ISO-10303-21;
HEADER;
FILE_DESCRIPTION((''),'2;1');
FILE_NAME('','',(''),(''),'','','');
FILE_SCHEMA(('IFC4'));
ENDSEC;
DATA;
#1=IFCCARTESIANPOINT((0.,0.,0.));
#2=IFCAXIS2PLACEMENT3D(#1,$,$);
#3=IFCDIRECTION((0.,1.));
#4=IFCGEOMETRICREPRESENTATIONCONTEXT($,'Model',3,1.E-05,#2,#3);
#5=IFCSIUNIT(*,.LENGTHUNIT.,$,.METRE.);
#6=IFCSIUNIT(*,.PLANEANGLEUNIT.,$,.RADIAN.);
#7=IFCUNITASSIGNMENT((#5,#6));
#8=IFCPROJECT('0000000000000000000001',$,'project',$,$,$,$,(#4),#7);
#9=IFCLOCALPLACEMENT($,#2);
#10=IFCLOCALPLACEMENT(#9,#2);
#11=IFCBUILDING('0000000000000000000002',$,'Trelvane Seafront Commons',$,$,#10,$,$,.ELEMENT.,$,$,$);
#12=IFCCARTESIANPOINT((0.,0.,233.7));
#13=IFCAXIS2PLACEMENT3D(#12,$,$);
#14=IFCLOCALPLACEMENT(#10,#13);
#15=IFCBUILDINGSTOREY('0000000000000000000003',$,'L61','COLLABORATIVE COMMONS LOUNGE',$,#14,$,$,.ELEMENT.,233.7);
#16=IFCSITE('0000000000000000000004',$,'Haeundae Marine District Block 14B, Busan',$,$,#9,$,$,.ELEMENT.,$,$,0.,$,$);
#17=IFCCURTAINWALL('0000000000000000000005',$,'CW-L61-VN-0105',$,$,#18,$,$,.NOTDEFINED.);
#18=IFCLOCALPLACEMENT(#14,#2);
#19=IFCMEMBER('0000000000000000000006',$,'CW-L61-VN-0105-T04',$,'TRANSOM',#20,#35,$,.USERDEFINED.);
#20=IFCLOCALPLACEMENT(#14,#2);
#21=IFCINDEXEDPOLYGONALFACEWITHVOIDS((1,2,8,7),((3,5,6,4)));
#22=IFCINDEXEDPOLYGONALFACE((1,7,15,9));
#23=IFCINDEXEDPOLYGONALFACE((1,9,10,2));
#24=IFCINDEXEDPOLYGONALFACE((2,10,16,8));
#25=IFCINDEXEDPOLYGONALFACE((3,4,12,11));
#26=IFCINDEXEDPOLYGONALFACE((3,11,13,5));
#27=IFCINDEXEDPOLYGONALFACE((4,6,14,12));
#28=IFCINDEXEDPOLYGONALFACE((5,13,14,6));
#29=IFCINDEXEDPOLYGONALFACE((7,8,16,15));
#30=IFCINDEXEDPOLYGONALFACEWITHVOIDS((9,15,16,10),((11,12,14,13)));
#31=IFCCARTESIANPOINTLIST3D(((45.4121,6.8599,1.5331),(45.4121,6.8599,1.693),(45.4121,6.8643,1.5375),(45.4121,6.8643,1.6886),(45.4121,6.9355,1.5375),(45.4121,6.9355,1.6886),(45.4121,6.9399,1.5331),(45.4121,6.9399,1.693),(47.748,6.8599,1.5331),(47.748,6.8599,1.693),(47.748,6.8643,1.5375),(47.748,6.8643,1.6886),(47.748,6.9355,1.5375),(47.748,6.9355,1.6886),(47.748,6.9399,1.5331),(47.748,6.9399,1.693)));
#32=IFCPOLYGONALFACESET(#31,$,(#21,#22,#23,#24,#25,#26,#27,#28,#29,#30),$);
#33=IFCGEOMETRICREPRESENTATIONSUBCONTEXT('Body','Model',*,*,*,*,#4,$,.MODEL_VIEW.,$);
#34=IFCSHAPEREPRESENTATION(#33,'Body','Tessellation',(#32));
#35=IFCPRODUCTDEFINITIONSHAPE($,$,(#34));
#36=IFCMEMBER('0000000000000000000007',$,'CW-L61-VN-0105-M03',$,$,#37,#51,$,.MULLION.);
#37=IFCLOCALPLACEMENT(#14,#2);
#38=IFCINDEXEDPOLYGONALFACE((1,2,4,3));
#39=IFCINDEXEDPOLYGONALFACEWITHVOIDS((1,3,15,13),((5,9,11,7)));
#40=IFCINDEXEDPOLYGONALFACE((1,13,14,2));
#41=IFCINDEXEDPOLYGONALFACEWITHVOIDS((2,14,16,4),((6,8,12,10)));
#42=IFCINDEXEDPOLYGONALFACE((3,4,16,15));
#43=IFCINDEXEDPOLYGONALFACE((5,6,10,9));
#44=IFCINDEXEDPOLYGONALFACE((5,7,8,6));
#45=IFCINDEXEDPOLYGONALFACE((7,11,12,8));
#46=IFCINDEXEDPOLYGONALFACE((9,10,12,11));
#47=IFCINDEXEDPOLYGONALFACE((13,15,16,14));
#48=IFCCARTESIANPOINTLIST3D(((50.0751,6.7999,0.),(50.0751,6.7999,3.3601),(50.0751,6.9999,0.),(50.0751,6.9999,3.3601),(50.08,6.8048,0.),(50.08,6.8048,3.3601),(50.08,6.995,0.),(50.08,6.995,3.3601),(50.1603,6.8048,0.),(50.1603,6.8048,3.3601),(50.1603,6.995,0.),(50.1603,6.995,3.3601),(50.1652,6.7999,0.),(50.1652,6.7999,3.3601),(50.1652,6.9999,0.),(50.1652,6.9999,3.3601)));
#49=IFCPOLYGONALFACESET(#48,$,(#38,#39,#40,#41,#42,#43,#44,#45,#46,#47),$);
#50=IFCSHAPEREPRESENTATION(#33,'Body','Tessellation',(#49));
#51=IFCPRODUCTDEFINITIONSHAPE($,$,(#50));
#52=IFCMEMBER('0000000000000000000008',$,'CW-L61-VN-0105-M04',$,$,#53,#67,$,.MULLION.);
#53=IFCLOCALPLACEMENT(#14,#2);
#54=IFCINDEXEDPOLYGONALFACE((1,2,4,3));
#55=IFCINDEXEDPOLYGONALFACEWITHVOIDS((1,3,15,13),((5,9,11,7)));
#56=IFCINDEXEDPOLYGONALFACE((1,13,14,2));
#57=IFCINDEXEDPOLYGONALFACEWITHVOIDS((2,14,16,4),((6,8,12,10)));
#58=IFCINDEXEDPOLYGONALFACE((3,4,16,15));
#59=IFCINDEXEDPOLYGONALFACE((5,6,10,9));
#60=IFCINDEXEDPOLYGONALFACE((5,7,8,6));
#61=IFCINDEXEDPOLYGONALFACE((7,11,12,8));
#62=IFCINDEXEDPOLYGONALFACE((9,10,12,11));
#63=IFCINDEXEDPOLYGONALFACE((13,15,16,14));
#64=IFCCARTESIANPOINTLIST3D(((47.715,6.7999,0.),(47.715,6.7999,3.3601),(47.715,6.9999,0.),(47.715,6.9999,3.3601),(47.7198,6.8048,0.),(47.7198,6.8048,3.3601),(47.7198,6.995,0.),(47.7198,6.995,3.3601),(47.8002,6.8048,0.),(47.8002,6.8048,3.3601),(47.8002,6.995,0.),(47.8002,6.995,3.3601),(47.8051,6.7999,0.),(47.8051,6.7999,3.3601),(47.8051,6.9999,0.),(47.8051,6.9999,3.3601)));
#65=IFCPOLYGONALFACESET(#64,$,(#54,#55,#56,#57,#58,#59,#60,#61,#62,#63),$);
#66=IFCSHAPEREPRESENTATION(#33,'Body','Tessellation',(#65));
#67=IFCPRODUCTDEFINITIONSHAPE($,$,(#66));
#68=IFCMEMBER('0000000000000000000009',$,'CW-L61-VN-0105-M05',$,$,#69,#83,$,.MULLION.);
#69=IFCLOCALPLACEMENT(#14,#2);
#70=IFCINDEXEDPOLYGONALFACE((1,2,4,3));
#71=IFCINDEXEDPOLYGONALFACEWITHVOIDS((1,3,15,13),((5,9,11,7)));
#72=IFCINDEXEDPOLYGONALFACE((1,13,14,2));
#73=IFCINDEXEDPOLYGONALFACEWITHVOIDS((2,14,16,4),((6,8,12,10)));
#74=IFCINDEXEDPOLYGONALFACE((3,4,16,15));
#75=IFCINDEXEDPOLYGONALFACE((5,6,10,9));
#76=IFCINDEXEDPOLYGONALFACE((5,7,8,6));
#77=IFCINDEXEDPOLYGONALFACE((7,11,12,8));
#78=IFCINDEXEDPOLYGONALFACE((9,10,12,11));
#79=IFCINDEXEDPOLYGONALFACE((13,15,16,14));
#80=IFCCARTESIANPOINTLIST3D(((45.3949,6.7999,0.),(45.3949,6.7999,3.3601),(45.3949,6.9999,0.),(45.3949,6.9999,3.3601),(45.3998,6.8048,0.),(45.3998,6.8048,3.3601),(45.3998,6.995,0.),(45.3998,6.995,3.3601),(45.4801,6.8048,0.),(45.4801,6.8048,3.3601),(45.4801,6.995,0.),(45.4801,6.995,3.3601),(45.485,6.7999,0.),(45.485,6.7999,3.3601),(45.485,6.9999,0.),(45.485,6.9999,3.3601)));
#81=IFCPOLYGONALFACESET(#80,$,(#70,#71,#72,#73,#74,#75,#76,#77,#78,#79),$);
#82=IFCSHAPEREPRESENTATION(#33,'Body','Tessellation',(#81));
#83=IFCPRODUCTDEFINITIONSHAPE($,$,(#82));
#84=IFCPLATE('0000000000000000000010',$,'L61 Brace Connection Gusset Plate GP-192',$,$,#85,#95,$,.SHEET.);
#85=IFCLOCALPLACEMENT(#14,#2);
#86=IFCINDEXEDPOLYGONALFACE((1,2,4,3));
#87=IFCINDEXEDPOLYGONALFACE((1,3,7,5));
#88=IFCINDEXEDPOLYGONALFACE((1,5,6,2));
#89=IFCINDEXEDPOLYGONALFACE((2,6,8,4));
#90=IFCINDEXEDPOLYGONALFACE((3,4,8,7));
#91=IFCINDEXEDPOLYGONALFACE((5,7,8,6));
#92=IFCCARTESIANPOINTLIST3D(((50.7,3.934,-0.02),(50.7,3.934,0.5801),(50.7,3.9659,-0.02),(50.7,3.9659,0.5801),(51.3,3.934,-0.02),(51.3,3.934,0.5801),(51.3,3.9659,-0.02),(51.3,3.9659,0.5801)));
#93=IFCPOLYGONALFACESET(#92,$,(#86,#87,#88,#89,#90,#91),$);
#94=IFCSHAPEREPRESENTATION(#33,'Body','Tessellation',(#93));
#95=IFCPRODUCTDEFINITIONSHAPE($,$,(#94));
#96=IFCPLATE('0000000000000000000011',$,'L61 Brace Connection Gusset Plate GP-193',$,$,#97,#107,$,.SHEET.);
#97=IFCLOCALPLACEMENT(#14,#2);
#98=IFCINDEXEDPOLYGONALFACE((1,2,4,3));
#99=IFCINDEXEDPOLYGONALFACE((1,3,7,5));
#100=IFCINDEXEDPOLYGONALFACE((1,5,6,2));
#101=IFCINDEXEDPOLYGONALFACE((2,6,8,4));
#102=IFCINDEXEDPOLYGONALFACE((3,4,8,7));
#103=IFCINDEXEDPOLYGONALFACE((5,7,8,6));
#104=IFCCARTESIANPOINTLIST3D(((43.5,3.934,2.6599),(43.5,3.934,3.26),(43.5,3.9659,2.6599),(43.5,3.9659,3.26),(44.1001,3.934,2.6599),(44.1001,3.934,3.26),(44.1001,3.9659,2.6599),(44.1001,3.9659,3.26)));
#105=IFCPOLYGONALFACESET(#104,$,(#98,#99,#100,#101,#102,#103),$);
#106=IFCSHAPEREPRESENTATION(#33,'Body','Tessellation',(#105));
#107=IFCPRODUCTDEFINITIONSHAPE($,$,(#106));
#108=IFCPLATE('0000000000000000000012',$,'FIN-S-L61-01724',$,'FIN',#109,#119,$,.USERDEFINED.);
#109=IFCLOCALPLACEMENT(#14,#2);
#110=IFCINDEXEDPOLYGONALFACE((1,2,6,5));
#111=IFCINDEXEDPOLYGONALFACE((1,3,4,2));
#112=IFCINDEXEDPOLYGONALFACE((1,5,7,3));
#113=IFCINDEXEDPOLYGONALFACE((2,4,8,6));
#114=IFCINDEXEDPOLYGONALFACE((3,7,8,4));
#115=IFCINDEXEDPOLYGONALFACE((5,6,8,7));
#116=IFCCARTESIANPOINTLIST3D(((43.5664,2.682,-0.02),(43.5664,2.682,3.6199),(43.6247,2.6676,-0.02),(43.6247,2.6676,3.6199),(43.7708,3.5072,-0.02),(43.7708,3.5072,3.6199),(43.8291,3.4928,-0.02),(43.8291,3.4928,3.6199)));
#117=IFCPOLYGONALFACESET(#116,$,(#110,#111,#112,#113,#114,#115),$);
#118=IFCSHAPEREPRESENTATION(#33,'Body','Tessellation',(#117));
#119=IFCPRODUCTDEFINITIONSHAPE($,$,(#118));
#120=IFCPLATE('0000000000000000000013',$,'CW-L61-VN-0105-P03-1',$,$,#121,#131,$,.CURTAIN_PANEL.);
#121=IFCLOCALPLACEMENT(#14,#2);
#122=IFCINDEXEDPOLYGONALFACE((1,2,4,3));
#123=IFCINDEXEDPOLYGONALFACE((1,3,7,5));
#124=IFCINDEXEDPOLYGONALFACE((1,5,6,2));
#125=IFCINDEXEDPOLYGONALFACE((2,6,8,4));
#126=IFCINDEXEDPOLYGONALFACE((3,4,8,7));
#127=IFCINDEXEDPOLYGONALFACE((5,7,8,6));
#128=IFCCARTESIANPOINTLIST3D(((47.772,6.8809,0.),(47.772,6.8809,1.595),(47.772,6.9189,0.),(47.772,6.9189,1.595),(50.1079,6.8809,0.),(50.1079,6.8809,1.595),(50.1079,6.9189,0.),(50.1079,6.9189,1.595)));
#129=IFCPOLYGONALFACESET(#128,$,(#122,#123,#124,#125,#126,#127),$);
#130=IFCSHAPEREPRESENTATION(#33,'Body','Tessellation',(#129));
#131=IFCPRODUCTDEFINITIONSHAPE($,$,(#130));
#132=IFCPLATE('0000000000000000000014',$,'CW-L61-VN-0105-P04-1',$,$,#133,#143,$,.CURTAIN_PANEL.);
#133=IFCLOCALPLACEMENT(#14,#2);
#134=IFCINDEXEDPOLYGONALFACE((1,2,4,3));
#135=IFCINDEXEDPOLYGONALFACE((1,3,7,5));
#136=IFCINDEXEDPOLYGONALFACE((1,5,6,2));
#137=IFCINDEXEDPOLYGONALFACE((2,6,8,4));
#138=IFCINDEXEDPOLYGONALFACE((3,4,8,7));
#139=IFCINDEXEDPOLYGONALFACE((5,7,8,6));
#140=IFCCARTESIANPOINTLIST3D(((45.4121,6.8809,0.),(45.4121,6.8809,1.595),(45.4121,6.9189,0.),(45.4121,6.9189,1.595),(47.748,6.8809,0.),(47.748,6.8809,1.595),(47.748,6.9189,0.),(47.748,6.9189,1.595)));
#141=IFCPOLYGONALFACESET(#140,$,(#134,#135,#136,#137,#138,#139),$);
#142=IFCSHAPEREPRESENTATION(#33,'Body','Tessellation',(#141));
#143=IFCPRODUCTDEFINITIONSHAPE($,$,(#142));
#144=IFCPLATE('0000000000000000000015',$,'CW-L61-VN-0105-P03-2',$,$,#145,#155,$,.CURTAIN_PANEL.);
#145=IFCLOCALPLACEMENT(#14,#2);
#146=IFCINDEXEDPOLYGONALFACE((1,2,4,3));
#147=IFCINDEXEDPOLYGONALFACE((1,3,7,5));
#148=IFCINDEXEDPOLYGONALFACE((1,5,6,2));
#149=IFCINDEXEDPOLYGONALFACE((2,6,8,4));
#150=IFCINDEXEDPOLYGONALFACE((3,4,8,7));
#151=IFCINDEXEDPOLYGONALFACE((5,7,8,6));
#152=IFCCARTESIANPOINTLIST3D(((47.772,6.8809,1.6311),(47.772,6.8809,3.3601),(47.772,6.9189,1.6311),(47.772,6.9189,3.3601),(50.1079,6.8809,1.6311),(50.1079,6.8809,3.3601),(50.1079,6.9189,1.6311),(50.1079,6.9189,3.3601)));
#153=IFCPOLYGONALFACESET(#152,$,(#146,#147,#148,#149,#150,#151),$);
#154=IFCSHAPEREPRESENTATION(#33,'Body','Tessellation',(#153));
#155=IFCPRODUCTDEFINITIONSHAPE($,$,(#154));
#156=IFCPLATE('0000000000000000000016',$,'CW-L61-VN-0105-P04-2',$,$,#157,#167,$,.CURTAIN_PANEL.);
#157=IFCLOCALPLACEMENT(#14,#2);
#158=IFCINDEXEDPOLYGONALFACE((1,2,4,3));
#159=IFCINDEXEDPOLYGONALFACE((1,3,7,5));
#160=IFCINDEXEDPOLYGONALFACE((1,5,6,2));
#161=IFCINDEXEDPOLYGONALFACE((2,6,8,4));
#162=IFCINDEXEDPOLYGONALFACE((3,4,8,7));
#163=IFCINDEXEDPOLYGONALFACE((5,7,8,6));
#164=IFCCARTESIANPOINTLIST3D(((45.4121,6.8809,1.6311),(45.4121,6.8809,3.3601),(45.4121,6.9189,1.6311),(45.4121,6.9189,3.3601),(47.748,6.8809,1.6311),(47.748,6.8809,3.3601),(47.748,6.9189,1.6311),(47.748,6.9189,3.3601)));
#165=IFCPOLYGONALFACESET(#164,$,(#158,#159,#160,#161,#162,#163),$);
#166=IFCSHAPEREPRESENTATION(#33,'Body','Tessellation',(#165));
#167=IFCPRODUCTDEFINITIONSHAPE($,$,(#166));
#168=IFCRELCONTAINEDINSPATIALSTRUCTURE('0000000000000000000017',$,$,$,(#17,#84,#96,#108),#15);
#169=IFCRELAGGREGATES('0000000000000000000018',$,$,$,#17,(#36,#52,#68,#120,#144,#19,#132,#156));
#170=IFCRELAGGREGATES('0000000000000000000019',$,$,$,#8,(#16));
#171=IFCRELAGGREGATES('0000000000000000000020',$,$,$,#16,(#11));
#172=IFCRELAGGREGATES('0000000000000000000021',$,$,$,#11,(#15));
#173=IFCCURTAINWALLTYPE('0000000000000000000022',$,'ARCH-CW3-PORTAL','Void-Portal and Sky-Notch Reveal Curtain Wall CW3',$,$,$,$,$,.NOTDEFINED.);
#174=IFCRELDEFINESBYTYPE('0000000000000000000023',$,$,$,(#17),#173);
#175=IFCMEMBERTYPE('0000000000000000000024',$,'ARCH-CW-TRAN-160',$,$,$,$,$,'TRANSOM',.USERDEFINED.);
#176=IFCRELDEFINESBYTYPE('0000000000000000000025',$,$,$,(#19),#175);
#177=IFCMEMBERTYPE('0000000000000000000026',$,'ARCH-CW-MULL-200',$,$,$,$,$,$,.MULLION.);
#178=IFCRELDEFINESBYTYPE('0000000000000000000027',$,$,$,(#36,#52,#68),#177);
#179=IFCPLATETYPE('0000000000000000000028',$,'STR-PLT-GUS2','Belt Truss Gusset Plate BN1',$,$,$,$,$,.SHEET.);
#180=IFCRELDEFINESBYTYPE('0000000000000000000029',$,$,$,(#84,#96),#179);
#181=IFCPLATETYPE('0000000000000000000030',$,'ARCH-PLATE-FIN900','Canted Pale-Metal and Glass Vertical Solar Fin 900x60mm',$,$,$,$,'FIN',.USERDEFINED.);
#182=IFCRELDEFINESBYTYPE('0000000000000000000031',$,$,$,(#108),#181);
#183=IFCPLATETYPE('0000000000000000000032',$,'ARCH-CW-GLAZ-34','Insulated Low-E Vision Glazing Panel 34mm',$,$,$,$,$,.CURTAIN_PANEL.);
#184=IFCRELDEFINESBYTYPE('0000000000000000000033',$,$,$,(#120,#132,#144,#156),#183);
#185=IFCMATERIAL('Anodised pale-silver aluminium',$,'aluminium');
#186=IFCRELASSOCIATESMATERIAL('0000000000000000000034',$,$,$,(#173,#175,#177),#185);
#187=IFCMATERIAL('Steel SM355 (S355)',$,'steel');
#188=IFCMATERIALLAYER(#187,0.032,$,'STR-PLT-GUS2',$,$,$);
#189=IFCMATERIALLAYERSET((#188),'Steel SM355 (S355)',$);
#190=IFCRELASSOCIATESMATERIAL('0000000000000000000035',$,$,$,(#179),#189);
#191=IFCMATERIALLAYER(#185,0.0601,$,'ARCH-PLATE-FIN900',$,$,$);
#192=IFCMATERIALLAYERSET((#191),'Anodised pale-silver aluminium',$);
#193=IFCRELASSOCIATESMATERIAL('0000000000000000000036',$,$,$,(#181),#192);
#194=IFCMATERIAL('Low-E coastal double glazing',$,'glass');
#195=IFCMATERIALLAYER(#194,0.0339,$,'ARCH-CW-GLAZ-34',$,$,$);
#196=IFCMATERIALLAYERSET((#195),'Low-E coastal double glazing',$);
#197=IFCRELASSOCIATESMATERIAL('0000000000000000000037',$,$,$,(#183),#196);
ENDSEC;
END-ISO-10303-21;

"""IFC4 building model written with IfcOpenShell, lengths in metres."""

from ifc_helpers import new_model, si_unit, direction, frame, origin, origin_2d, place, context, subcontext, project, spatial, rectangle, hollow_rectangle, extrude, source, transform, mapped, material, layer, layer_set, material_profile, profile_set, type_object, element, aggregate, save


model = new_model("IFC4")

# Units and contexts
model_context = context("Model", 3, precision=1e-05, world=origin(), true_north=direction((0.0, 1.0)))
body_context = subcontext(model_context, "Body", "Model", "MODEL_VIEW")
ifc_project = project(units=[si_unit("LENGTHUNIT", "METRE"), si_unit("PLANEANGLEUNIT", "RADIAN")], contexts=[model_context])

# Site, building, storey
site_placement = place(None, origin())
site = spatial("IfcSite", under=ifc_project, at=site_placement, Name="Haeundae Marine District Block 14B, Busan", CompositionType="ELEMENT", RefElevation=0.0)
building_placement = place(site_placement, origin())
building = spatial("IfcBuilding", under=site, at=building_placement, Name="Trelvane Seafront Commons", CompositionType="ELEMENT")
storey_placement = place(building_placement, frame((0.0, 0.0, 233.7)))
storey = spatial("IfcBuildingStorey", under=building, at=storey_placement, Name="L61", Description="COLLABORATIVE COMMONS LOUNGE", CompositionType="ELEMENT", Elevation=233.7)

# Shared definitions
ifc_material_1 = material(Name="Steel SM355 (S355)", Category="steel")

# Curtain wall, members
ifc_material_2 = material(Name="Anodised pale-silver aluminium", Category="aluminium")
curtain_wall_type = type_object("IfcCurtainWallType", Name="ARCH-CW3-PORTAL", Description="Void-Portal and Sky-Notch Reveal Curtain Wall CW3", PredefinedType="NOTDEFINED", material=ifc_material_2)
curtain_wall_placement = place(storey_placement, origin())
curtain_wall = element("IfcCurtainWall", 1, at=curtain_wall_placement, inside=storey, type_object=curtain_wall_type, Name="CW-L61-VN-0105", PredefinedType="NOTDEFINED")
ifc_material_profile_1 = material_profile(ifc_material_2, hollow_rectangle(XDim=0.0801, YDim=0.1599, WallThickness=0.0044, at=origin_2d()), Name="TRAN-80x160x4.5")
ifc_profile_set_1 = profile_set([ifc_material_profile_1], Name="Anodised pale-silver aluminium")
member_type_1 = type_object("IfcMemberType", Name="ARCH-CW-TRAN-160", ElementType="TRANSOM", PredefinedType="USERDEFINED", material=ifc_profile_set_1)
shared_shape_1 = source(origin(), body_context, "Body", "SweptSolid", [
    extrude(hollow_rectangle(XDim=0.0801, YDim=0.1599, WallThickness=0.0044, at=origin_2d()), origin(), (0.0, 0.0, 1.0), 2.3359),
])
member_1_placement = place(storey_placement, frame((47.748, 6.8999, 1.613), z_axis=(-1.0, 0.0, 0.0), x_axis=(0.0, -1.0, 0.0)))
member_1 = element("IfcMember", 2, at=member_1_placement, type_object=member_type_1, Name="CW-L61-VN-0105-T04", ObjectType="TRANSOM", PredefinedType="USERDEFINED", context=body_context, shape_type="MappedRepresentation", body=[
    mapped(shared_shape_1, transform((0.0, 0.0, 0.0), x_axis=(1.0, 0.0, 0.0), y_axis=(0.0, 1.0, 0.0), z_axis=(0.0, 0.0, 1.0), scale=1.0)),
])
ifc_material_profile_2 = material_profile(ifc_material_2, hollow_rectangle(XDim=0.0901, YDim=0.2, WallThickness=0.0049, at=origin_2d()), Name="MULL-90x200x5")
ifc_profile_set_2 = profile_set([ifc_material_profile_2], Name="Anodised pale-silver aluminium")
member_type_2 = type_object("IfcMemberType", Name="ARCH-CW-MULL-200", PredefinedType="MULLION", material=ifc_profile_set_2)
shared_shape_2 = source(origin(), body_context, "Body", "SweptSolid", [
    extrude(hollow_rectangle(XDim=0.0901, YDim=0.2, WallThickness=0.0049, at=origin_2d()), origin(), (0.0, 0.0, 1.0), 3.3601),
])
member_2_placement = place(storey_placement, frame((50.1201, 6.8999, 0.0), z_axis=(0.0, 0.0, 1.0), x_axis=(1.0, 0.0, 0.0)))
member_2 = element("IfcMember", 3, at=member_2_placement, type_object=member_type_2, Name="CW-L61-VN-0105-M03", PredefinedType="MULLION", context=body_context, shape_type="MappedRepresentation", body=[
    mapped(shared_shape_2, transform((0.0, 0.0, 0.0), x_axis=(1.0, 0.0, 0.0), y_axis=(0.0, 1.0, 0.0), z_axis=(0.0, 0.0, 1.0), scale=1.0)),
])
member_3_placement = place(storey_placement, frame((47.76, 6.8999, 0.0), z_axis=(0.0, 0.0, 1.0), x_axis=(1.0, 0.0, 0.0)))
member_3 = element("IfcMember", 4, at=member_3_placement, type_object=member_type_2, Name="CW-L61-VN-0105-M04", PredefinedType="MULLION", context=body_context, shape_type="MappedRepresentation", body=[
    mapped(shared_shape_2, transform((0.0, 0.0, 0.0), x_axis=(1.0, 0.0, 0.0), y_axis=(0.0, 1.0, 0.0), z_axis=(0.0, 0.0, 1.0), scale=1.0)),
])
member_4_placement = place(storey_placement, frame((45.4399, 6.8999, 0.0), z_axis=(0.0, 0.0, 1.0), x_axis=(1.0, 0.0, 0.0)))
member_4 = element("IfcMember", 5, at=member_4_placement, type_object=member_type_2, Name="CW-L61-VN-0105-M05", PredefinedType="MULLION", context=body_context, shape_type="MappedRepresentation", body=[
    mapped(shared_shape_2, transform((0.0, 0.0, 0.0), x_axis=(1.0, 0.0, 0.0), y_axis=(0.0, 1.0, 0.0), z_axis=(0.0, 0.0, 1.0), scale=1.0)),
])

# Plates
ifc_layer_1 = layer(ifc_material_1, 0.032, Name="STR-PLT-GUS2")
ifc_layer_set_1 = layer_set([ifc_layer_1], Name="Steel SM355 (S355)")
plate_type_1 = type_object("IfcPlateType", Name="STR-PLT-GUS2", Description="Belt Truss Gusset Plate BN1", PredefinedType="SHEET", material=ifc_layer_set_1)
shared_shape_3 = source(origin(), body_context, "Body", "SweptSolid", [
    extrude(rectangle(XDim=0.6001, YDim=0.032, at=origin_2d()), origin(), (0.0, 0.0, 1.0), 0.6001),
])
for number, where, z_axis, x_axis, name in (
    (6, (51.0, 3.95, -0.02), (0.0, 0.0, 1.0), (1.0, 0.0, 0.0), "L61 Brace Connection Gusset Plate GP-192"),
    (7, (43.8, 3.95, 2.6599), (0.0, 0.0, 1.0), (1.0, 0.0, 0.0), "L61 Brace Connection Gusset Plate GP-193"),
):
    element("IfcPlate", number, at=place(storey_placement, frame(where, z_axis=z_axis, x_axis=x_axis)), inside=storey, type_object=plate_type_1, Name=name, PredefinedType="SHEET", context=body_context, shape_type="MappedRepresentation", body=[
        mapped(shared_shape_3, transform((0.0, 0.0, 0.0), x_axis=(1.0, 0.0, 0.0), y_axis=(0.0, 1.0, 0.0), z_axis=(0.0, 0.0, 1.0), scale=1.0)),
    ])
ifc_layer_2 = layer(ifc_material_2, 0.0601, Name="ARCH-PLATE-FIN900")
ifc_layer_set_2 = layer_set([ifc_layer_2], Name="Anodised pale-silver aluminium")
plate_type_2 = type_object("IfcPlateType", Name="ARCH-PLATE-FIN900", Description="Canted Pale-Metal and Glass Vertical Solar Fin 900x60mm", ElementType="FIN", PredefinedType="USERDEFINED", material=ifc_layer_set_2)
shared_shape_4 = source(origin(), body_context, "Body", "SweptSolid", [
    extrude(rectangle(XDim=0.8501, YDim=0.0601, at=origin_2d()), origin(), (0.0, 0.0, 1.0), 3.6399),
])
plate_1_placement = place(storey_placement, frame((43.6978, 3.0874, -0.02), z_axis=(0.0, 0.0, 1.0), x_axis=(-0.240458, -0.970659, 0.0)))
element("IfcPlate", 8, at=plate_1_placement, inside=storey, type_object=plate_type_2, Name="FIN-S-L61-01724", ObjectType="FIN", PredefinedType="USERDEFINED", context=body_context, shape_type="MappedRepresentation", body=[
    mapped(shared_shape_4, transform((0.0, 0.0, 0.0), x_axis=(1.0, 0.0, 0.0), y_axis=(0.0, 1.0, 0.0), z_axis=(0.0, 0.0, 1.0), scale=1.0)),
])

# Plates
ifc_material_3 = material(Name="Low-E coastal double glazing", Category="glass")
ifc_layer_3 = layer(ifc_material_3, 0.0339, Name="ARCH-CW-GLAZ-34")
ifc_layer_set_3 = layer_set([ifc_layer_3], Name="Low-E coastal double glazing")
plate_type_3 = type_object("IfcPlateType", Name="ARCH-CW-GLAZ-34", Description="Insulated Low-E Vision Glazing Panel 34mm", PredefinedType="CURTAIN_PANEL", material=ifc_layer_set_3)
shared_shape_5 = source(origin(), body_context, "Body", "SweptSolid", [
    extrude(rectangle(XDim=2.3359, YDim=0.0381, at=origin_2d()), origin(), (0.0, 0.0, 1.0), 1.595),
])
plate_2_placement = place(storey_placement, frame((48.9399, 6.8999, 0.0), z_axis=(0.0, 0.0, 1.0), x_axis=(-1.0, 0.0, 0.0)))
plate_2 = element("IfcPlate", 9, at=plate_2_placement, type_object=plate_type_3, Name="CW-L61-VN-0105-P03-1", PredefinedType="CURTAIN_PANEL", context=body_context, shape_type="MappedRepresentation", body=[
    mapped(shared_shape_5, transform((0.0, 0.0, 0.0), x_axis=(1.0, 0.0, 0.0), y_axis=(0.0, 1.0, 0.0), z_axis=(0.0, 0.0, 1.0), scale=1.0)),
])
plate_3_placement = place(storey_placement, frame((46.5801, 6.8999, 0.0), z_axis=(0.0, 0.0, 1.0), x_axis=(-1.0, 0.0, 0.0)))
plate_3 = element("IfcPlate", 10, at=plate_3_placement, type_object=plate_type_3, Name="CW-L61-VN-0105-P04-1", PredefinedType="CURTAIN_PANEL", context=body_context, shape_type="MappedRepresentation", body=[
    mapped(shared_shape_5, transform((0.0, 0.0, 0.0), x_axis=(1.0, 0.0, 0.0), y_axis=(0.0, 1.0, 0.0), z_axis=(0.0, 0.0, 1.0), scale=1.0)),
])
shared_shape_6 = source(origin(), body_context, "Body", "SweptSolid", [
    extrude(rectangle(XDim=2.3359, YDim=0.0381, at=origin_2d()), origin(), (0.0, 0.0, 1.0), 1.729),
])
plate_4_placement = place(storey_placement, frame((48.9399, 6.8999, 1.6311), z_axis=(0.0, 0.0, 1.0), x_axis=(-1.0, 0.0, 0.0)))
plate_4 = element("IfcPlate", 11, at=plate_4_placement, type_object=plate_type_3, Name="CW-L61-VN-0105-P03-2", PredefinedType="CURTAIN_PANEL", context=body_context, shape_type="MappedRepresentation", body=[
    mapped(shared_shape_6, transform((0.0, 0.0, 0.0), x_axis=(1.0, 0.0, 0.0), y_axis=(0.0, 1.0, 0.0), z_axis=(0.0, 0.0, 1.0), scale=1.0)),
])
plate_5_placement = place(storey_placement, frame((46.5801, 6.8999, 1.6311), z_axis=(0.0, 0.0, 1.0), x_axis=(-1.0, 0.0, 0.0)))
plate_5 = element("IfcPlate", 12, at=plate_5_placement, type_object=plate_type_3, Name="CW-L61-VN-0105-P04-2", PredefinedType="CURTAIN_PANEL", context=body_context, shape_type="MappedRepresentation", body=[
    mapped(shared_shape_6, transform((0.0, 0.0, 0.0), x_axis=(1.0, 0.0, 0.0), y_axis=(0.0, 1.0, 0.0), z_axis=(0.0, 0.0, 1.0), scale=1.0)),
])
aggregate(curtain_wall, [member_2, member_3, member_4, plate_2, plate_4, member_1, plate_3, plate_5])

save(model, "model.ifc")
